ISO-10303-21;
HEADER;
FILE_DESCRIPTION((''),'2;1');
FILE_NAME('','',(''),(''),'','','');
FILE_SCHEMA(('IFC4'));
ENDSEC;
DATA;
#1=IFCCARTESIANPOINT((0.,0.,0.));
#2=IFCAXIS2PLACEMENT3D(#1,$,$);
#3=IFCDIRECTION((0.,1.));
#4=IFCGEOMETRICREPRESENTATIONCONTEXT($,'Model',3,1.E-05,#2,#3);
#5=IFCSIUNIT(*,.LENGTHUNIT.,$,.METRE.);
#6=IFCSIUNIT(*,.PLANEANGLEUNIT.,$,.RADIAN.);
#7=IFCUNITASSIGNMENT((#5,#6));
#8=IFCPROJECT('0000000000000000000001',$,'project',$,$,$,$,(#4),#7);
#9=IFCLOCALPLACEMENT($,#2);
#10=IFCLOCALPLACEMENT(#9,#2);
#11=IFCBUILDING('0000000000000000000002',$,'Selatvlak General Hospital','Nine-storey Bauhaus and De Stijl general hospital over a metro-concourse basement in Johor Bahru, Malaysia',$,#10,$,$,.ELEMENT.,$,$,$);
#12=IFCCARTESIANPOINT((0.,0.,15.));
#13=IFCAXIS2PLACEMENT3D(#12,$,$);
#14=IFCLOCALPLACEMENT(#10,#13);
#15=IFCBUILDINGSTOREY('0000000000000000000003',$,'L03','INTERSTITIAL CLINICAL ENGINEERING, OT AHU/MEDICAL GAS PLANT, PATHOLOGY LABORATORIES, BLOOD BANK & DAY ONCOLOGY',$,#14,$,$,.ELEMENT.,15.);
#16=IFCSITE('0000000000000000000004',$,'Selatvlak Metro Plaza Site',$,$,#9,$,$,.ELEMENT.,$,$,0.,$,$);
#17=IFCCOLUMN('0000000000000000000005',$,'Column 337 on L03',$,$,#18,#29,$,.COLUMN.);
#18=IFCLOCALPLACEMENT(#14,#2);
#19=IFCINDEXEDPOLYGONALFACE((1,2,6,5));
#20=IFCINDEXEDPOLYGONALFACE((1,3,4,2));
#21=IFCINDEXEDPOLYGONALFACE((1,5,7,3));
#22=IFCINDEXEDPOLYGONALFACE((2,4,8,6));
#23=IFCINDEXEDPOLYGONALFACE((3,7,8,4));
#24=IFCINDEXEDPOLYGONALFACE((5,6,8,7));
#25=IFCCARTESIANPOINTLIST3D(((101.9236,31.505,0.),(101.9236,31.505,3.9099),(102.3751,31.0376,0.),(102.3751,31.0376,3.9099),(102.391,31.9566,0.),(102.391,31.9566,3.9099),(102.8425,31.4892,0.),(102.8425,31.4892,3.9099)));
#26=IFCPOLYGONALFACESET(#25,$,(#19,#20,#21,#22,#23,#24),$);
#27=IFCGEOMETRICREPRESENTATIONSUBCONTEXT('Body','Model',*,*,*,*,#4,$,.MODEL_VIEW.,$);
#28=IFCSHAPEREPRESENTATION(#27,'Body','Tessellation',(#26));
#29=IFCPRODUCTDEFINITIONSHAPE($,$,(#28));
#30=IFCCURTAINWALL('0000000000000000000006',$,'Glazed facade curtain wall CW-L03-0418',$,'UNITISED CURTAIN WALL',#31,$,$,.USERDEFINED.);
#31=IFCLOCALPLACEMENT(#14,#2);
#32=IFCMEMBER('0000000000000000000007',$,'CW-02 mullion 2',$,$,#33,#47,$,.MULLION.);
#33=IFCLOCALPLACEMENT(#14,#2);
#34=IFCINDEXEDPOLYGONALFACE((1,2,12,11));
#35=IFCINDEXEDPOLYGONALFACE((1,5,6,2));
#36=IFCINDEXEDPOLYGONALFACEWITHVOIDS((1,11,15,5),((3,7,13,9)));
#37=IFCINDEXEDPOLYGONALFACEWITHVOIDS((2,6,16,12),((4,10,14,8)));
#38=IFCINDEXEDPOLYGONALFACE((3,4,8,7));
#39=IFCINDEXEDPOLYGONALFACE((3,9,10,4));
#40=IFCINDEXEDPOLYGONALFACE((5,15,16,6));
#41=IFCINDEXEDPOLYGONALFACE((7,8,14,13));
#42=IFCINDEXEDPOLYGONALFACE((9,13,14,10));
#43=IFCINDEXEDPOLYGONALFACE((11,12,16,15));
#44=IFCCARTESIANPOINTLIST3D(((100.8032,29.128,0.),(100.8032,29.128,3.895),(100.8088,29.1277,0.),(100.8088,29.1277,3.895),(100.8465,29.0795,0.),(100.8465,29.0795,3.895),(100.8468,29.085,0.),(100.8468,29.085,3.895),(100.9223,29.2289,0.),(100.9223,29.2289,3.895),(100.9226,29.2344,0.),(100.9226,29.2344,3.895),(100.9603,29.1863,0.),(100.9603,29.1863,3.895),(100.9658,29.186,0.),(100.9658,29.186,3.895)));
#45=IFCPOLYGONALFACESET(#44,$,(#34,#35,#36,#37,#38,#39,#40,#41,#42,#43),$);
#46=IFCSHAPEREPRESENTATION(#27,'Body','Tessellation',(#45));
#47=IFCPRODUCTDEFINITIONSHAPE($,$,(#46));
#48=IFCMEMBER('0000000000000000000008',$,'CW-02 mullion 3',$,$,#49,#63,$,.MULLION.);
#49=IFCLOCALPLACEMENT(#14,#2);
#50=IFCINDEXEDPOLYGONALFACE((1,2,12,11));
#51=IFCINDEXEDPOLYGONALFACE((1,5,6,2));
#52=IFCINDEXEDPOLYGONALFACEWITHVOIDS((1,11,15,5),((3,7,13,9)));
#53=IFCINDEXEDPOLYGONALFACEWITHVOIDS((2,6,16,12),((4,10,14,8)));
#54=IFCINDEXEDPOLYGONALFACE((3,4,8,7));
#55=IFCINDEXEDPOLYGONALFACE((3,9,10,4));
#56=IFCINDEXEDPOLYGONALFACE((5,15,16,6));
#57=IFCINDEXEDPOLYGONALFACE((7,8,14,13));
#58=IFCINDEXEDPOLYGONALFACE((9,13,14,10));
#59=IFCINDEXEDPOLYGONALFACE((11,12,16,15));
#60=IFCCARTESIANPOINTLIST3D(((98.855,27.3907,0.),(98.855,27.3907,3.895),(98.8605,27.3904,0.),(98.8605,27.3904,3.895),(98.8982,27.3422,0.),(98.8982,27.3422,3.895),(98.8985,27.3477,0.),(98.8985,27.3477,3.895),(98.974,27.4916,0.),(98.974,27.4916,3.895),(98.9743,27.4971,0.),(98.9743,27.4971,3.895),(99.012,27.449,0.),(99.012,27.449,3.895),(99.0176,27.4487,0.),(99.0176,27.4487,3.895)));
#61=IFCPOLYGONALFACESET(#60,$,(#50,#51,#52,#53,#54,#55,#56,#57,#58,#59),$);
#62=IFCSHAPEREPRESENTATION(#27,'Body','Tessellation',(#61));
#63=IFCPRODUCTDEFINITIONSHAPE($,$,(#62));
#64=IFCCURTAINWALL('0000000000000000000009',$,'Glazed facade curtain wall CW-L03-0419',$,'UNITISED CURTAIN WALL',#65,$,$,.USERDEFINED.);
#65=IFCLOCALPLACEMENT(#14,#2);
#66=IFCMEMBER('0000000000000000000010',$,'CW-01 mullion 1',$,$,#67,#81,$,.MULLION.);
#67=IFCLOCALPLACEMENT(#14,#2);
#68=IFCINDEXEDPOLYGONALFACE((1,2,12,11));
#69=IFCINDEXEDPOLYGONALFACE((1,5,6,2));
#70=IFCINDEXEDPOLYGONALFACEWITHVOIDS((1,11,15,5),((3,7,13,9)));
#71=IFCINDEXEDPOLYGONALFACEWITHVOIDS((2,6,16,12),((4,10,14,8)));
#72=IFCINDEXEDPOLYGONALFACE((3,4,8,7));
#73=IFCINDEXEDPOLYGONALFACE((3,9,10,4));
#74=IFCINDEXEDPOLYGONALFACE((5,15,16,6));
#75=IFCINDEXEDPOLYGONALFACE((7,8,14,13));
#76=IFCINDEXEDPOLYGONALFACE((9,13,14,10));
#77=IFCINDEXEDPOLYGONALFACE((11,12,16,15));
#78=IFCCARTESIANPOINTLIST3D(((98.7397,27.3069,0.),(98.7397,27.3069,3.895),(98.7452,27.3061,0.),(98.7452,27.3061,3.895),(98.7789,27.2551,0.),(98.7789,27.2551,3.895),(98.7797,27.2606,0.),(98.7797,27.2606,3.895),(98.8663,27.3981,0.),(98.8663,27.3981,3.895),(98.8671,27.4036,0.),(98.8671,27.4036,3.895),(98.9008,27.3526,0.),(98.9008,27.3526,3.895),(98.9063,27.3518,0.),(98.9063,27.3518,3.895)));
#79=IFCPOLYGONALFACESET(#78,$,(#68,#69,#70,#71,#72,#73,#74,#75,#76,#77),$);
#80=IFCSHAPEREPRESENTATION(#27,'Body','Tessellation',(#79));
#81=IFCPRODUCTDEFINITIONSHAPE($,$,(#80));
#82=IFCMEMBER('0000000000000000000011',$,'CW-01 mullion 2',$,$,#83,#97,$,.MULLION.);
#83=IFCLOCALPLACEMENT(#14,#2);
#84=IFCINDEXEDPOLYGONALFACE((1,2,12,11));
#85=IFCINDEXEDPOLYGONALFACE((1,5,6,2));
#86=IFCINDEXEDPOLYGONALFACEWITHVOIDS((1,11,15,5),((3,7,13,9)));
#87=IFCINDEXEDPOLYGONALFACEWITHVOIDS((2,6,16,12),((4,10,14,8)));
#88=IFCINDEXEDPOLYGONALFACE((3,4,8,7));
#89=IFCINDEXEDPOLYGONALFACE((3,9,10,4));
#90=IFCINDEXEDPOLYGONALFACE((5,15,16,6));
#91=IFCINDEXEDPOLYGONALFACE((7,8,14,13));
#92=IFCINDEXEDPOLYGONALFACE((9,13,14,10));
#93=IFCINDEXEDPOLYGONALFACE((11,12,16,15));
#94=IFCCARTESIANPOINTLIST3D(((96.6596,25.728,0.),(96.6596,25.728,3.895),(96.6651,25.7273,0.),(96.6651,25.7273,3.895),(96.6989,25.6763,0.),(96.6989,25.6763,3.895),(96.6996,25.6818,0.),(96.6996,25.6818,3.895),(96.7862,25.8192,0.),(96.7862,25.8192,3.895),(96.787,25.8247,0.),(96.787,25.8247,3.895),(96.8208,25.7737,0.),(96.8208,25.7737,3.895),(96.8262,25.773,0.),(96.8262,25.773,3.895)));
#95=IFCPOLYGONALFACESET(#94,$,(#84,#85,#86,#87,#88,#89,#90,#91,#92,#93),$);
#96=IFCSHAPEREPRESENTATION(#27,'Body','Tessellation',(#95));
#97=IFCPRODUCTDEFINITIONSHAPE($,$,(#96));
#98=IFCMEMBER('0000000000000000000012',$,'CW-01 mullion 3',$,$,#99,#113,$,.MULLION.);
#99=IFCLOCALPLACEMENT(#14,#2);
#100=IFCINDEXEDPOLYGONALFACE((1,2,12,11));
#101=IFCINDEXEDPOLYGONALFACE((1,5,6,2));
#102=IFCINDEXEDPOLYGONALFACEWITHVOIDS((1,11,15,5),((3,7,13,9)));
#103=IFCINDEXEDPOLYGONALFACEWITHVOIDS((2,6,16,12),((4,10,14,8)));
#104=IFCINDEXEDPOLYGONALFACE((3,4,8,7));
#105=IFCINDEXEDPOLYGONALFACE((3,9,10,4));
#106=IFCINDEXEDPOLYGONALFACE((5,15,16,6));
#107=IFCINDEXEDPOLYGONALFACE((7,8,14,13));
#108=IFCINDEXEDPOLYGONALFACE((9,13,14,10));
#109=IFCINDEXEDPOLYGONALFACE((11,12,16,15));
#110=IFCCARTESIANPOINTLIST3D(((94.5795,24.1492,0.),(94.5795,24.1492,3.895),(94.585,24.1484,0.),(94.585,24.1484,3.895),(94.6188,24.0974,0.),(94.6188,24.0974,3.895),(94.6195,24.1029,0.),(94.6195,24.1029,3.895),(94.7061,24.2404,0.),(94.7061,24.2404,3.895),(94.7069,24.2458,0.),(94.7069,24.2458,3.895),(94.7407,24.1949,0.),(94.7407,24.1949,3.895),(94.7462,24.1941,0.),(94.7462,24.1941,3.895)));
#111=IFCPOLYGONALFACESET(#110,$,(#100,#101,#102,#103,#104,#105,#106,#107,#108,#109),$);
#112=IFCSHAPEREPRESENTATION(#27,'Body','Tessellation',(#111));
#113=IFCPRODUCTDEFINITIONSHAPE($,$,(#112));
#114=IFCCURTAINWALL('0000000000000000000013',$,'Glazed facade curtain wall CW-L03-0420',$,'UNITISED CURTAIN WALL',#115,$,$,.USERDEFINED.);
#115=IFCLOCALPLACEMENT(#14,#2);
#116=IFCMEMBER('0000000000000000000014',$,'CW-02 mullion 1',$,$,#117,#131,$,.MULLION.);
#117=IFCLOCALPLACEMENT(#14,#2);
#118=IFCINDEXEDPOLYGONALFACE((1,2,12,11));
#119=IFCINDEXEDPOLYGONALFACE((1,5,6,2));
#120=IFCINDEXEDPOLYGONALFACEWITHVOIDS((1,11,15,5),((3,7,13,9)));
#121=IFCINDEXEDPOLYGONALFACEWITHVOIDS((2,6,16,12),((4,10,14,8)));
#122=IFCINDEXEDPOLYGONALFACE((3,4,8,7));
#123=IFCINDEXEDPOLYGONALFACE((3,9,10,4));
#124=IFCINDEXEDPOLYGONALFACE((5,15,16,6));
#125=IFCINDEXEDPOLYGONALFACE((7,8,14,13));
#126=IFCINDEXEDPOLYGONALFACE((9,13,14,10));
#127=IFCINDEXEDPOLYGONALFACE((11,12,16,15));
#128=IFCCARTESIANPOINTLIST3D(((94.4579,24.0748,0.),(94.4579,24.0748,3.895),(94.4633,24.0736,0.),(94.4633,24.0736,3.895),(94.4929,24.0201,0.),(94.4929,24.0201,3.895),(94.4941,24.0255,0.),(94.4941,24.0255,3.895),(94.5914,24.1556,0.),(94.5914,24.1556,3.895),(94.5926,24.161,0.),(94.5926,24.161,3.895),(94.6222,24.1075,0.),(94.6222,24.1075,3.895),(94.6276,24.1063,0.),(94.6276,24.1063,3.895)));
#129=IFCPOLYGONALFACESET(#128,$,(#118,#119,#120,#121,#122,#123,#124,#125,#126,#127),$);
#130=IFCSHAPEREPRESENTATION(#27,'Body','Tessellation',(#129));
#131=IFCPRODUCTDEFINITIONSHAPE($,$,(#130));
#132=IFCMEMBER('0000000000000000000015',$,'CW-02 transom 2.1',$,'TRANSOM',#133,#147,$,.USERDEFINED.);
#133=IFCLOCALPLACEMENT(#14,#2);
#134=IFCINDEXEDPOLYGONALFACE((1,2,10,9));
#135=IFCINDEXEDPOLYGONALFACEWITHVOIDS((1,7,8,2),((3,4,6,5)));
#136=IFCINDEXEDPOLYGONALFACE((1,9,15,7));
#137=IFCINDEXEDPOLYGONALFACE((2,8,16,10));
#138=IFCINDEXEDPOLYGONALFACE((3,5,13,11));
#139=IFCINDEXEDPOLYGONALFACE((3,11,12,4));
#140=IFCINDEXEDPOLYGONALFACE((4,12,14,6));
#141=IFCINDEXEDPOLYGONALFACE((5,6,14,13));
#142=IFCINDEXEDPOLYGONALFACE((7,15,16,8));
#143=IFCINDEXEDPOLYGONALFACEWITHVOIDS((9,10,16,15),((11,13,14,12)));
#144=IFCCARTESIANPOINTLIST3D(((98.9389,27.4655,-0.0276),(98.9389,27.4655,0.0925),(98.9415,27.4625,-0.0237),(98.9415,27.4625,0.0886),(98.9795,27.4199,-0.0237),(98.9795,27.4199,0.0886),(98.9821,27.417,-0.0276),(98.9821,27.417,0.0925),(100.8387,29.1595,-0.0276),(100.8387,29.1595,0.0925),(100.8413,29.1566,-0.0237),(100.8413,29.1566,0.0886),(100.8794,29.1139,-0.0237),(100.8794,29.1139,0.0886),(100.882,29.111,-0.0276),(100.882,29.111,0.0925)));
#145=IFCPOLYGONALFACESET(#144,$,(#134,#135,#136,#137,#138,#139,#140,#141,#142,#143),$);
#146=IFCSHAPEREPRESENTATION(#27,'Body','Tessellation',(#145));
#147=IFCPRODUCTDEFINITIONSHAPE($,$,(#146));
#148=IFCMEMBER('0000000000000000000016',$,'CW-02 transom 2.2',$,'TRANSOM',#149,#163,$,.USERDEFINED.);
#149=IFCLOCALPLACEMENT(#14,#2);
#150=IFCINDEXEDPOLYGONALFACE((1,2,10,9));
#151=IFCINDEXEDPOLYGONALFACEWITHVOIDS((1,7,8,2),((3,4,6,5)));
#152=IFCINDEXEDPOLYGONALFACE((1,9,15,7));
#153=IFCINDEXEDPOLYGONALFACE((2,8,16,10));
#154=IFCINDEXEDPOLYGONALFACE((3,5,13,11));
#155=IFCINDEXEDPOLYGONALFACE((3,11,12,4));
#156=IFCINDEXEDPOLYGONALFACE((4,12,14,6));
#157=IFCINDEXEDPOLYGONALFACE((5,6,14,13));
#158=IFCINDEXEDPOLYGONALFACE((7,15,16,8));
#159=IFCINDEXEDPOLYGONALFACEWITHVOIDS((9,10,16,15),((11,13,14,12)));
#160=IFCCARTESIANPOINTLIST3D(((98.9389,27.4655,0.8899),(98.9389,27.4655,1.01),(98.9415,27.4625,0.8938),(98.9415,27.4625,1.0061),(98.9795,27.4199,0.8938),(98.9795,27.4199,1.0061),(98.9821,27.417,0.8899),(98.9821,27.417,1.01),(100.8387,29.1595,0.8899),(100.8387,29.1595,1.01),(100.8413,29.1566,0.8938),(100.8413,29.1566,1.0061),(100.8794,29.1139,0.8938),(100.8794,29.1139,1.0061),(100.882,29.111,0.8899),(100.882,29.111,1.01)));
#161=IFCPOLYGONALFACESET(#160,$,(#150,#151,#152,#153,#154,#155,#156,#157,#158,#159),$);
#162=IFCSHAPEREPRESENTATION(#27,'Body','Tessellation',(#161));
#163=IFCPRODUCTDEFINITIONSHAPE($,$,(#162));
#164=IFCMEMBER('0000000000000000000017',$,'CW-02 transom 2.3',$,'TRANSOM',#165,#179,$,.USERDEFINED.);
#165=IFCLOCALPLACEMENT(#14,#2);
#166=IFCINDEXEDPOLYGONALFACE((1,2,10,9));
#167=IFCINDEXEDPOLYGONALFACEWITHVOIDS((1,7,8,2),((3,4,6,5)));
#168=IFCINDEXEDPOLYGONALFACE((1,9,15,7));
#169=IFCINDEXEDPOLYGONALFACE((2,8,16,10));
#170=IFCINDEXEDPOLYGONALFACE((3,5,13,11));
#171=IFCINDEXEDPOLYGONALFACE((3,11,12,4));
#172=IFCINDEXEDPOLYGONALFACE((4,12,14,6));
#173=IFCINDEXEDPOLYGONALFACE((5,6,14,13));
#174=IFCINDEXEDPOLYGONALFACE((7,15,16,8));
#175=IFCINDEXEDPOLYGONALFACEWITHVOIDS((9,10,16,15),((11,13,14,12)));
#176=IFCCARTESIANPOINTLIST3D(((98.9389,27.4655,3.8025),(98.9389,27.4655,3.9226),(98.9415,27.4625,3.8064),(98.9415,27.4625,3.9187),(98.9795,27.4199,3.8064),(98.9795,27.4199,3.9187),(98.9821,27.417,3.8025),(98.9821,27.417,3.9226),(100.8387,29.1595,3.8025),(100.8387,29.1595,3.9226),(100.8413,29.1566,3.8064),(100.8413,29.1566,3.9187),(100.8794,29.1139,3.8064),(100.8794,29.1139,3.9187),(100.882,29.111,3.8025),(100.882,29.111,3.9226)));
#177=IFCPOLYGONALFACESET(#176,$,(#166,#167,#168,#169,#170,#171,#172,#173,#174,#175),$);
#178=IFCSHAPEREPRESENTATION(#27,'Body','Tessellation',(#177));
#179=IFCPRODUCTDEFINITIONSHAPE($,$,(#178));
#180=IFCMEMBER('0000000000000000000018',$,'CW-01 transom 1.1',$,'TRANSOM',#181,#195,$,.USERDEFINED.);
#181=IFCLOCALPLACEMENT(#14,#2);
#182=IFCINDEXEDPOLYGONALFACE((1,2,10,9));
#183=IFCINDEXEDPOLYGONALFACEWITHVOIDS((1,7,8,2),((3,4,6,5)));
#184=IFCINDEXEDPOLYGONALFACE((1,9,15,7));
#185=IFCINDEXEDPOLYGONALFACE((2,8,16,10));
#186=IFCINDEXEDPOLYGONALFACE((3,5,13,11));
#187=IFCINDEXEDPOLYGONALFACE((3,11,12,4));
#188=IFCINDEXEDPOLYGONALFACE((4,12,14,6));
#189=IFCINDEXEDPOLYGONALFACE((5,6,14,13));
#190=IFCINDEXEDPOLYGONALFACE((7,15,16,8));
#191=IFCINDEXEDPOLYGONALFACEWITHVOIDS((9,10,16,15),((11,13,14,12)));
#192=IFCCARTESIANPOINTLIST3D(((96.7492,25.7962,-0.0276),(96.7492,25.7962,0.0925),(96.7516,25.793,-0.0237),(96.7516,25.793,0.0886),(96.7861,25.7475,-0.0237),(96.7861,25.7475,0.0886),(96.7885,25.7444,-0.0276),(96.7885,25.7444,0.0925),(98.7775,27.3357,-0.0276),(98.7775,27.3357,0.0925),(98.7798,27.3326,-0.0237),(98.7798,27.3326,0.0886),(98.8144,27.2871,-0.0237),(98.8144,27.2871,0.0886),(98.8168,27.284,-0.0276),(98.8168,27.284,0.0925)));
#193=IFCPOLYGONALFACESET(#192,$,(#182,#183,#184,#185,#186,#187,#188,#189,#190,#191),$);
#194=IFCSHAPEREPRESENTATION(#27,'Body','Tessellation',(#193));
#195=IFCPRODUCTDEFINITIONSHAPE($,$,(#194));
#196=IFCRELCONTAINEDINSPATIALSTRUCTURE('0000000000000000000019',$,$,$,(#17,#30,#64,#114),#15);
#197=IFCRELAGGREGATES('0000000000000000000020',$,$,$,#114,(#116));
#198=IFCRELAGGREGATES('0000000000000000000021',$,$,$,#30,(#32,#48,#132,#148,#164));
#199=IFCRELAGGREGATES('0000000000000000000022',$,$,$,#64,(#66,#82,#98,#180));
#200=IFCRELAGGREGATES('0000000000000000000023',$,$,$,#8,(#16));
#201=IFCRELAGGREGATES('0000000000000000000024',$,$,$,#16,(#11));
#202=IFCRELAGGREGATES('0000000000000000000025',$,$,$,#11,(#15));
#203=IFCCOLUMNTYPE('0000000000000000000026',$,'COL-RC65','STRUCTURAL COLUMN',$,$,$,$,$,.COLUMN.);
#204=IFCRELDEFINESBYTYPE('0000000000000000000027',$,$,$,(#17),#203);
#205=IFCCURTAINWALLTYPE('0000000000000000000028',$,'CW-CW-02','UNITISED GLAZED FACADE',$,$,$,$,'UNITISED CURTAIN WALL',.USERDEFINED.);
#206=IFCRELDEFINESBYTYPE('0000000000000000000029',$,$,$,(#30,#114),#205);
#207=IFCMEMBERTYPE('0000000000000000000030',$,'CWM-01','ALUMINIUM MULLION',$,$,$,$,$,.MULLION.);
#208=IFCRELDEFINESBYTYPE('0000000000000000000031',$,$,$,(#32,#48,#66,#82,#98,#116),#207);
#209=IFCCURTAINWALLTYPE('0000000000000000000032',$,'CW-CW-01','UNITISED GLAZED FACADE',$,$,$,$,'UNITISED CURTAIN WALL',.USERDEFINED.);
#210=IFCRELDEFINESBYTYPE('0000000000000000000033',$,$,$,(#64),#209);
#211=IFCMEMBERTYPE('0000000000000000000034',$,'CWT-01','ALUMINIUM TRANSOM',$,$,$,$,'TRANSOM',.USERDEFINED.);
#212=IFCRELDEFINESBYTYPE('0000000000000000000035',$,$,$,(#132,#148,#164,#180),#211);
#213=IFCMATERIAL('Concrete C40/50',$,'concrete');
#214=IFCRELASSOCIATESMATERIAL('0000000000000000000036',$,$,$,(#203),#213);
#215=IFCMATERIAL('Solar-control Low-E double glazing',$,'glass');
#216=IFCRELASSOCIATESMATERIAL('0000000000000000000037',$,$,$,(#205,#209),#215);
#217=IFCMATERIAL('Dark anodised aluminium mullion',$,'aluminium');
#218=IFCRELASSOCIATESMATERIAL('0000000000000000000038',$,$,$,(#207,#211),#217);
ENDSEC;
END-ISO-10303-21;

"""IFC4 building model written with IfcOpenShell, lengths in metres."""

from ifc_helpers import new_model, si_unit, direction, frame, origin, origin_2d, place, context, subcontext, project, spatial, rectangle, hollow_rectangle, extrude, material, material_profile, profile_set, type_object, element, aggregate, save


model = new_model("IFC4")

# Units and contexts
model_context = context("Model", 3, precision=1e-05, world=origin(), true_north=direction((0.0, 1.0)))
body_context = subcontext(model_context, "Body", "Model", "MODEL_VIEW")
ifc_project = project(units=[si_unit("LENGTHUNIT", "METRE"), si_unit("PLANEANGLEUNIT", "RADIAN")], contexts=[model_context])

# Site, building, storey
site_placement = place(None, origin())
site = spatial("IfcSite", under=ifc_project, at=site_placement, Name="Selatvlak Metro Plaza Site", CompositionType="ELEMENT", RefElevation=0.0)
building_placement = place(site_placement, origin())
building = spatial("IfcBuilding", under=site, at=building_placement, Name="Selatvlak General Hospital", Description="Nine-storey Bauhaus and De Stijl general hospital over a metro-concourse basement in Johor Bahru, Malaysia", CompositionType="ELEMENT")
storey_placement = place(building_placement, frame((0.0, 0.0, 15.0)))
storey = spatial("IfcBuildingStorey", under=building, at=storey_placement, Name="L03", Description="INTERSTITIAL CLINICAL ENGINEERING, OT AHU/MEDICAL GAS PLANT, PATHOLOGY LABORATORIES, BLOOD BANK & DAY ONCOLOGY", CompositionType="ELEMENT", Elevation=15.0)

# Column
ifc_material_1 = material(Name="Concrete C40/50", Category="concrete")
ifc_material_profile_1 = material_profile(ifc_material_1, rectangle(XDim=0.6499, YDim=0.6499, at=origin_2d()), Name="RC-COL 650x650")
ifc_profile_set_1 = profile_set([ifc_material_profile_1], Name="Concrete C40/50")
column_type = type_object("IfcColumnType", Name="COL-RC65", Description="STRUCTURAL COLUMN", PredefinedType="COLUMN", material=ifc_profile_set_1)
column_placement = place(storey_placement, frame((102.3831, 31.4971, 0.0), z_axis=(0.0, 0.0, 1.0), x_axis=(-0.694834, 0.71917, 0.0)))
element("IfcColumn", 1, at=column_placement, inside=storey, type_object=column_type, Name="Column 337 on L03", PredefinedType="COLUMN", context=body_context, shape_type="SweptSolid", body=[
    extrude(rectangle(XDim=0.6499, YDim=0.6499, at=origin_2d()), origin(), (0.0, 0.0, 1.0), 3.9099),
])

# Curtain walls, members
ifc_material_2 = material(Name="Solar-control Low-E double glazing", Category="glass")
curtain_wall_type_1 = type_object("IfcCurtainWallType", Name="CW-CW-02", Description="UNITISED GLAZED FACADE", ElementType="UNITISED CURTAIN WALL", PredefinedType="USERDEFINED", material=ifc_material_2)
curtain_wall_1_placement = place(storey_placement, origin())
curtain_wall_1 = element("IfcCurtainWall", 2, at=curtain_wall_1_placement, inside=storey, type_object=curtain_wall_type_1, Name="Glazed facade curtain wall CW-L03-0418", ObjectType="UNITISED CURTAIN WALL", PredefinedType="USERDEFINED")
ifc_material_3 = material(Name="Dark anodised aluminium mullion", Category="aluminium")
ifc_material_profile_2 = material_profile(ifc_material_3, hollow_rectangle(XDim=0.0649, YDim=0.1599, WallThickness=0.0039, at=origin_2d()), Name="AL-MUL 65x160x4")
ifc_profile_set_2 = profile_set([ifc_material_profile_2], Name="Dark anodised aluminium mullion")
member_type_1 = type_object("IfcMemberType", Name="CWM-01", Description="ALUMINIUM MULLION", PredefinedType="MULLION", material=ifc_profile_set_2)
member_1_placement = place(storey_placement, frame((100.8845, 29.157, 0.0), z_axis=(0.0, 0.0, 1.0), x_axis=(0.665561, -0.746344, 0.0)))
member_1 = element("IfcMember", 3, at=member_1_placement, type_object=member_type_1, Name="CW-02 mullion 2", PredefinedType="MULLION", context=body_context, shape_type="SweptSolid", body=[
    extrude(hollow_rectangle(XDim=0.0649, YDim=0.1599, WallThickness=0.0039, at=origin_2d()), origin(), (0.0, 0.0, 1.0), 3.895),
])
member_2_placement = place(storey_placement, frame((98.9363, 27.4197, 0.0), z_axis=(0.0, 0.0, 1.0), x_axis=(0.665561, -0.746344, 0.0)))
member_2 = element("IfcMember", 4, at=member_2_placement, type_object=member_type_1, Name="CW-02 mullion 3", PredefinedType="MULLION", context=body_context, shape_type="SweptSolid", body=[
    extrude(hollow_rectangle(XDim=0.0649, YDim=0.1599, WallThickness=0.0039, at=origin_2d()), origin(), (0.0, 0.0, 1.0), 3.895),
])
curtain_wall_type_2 = type_object("IfcCurtainWallType", Name="CW-CW-01", Description="UNITISED GLAZED FACADE", ElementType="UNITISED CURTAIN WALL", PredefinedType="USERDEFINED", material=ifc_material_2)
curtain_wall_2_placement = place(storey_placement, origin())
curtain_wall_2 = element("IfcCurtainWall", 5, at=curtain_wall_2_placement, inside=storey, type_object=curtain_wall_type_2, Name="Glazed facade curtain wall CW-L03-0419", ObjectType="UNITISED CURTAIN WALL", PredefinedType="USERDEFINED")
member_3_placement = place(storey_placement, frame((98.823, 27.3293, 0.0), z_axis=(0.0, 0.0, 1.0), x_axis=(0.604589, -0.796537, 0.0)))
member_3 = element("IfcMember", 6, at=member_3_placement, type_object=member_type_1, Name="CW-01 mullion 1", PredefinedType="MULLION", context=body_context, shape_type="SweptSolid", body=[
    extrude(hollow_rectangle(XDim=0.0649, YDim=0.1599, WallThickness=0.0039, at=origin_2d()), origin(), (0.0, 0.0, 1.0), 3.895),
])
member_4_placement = place(storey_placement, frame((96.7429, 25.7505, 0.0), z_axis=(0.0, 0.0, 1.0), x_axis=(0.604589, -0.796537, 0.0)))
member_4 = element("IfcMember", 7, at=member_4_placement, type_object=member_type_1, Name="CW-01 mullion 2", PredefinedType="MULLION", context=body_context, shape_type="SweptSolid", body=[
    extrude(hollow_rectangle(XDim=0.0649, YDim=0.1599, WallThickness=0.0039, at=origin_2d()), origin(), (0.0, 0.0, 1.0), 3.895),
])
member_5_placement = place(storey_placement, frame((94.6628, 24.1716, 0.0), z_axis=(0.0, 0.0, 1.0), x_axis=(0.604589, -0.796537, 0.0)))
member_5 = element("IfcMember", 8, at=member_5_placement, type_object=member_type_1, Name="CW-01 mullion 3", PredefinedType="MULLION", context=body_context, shape_type="SweptSolid", body=[
    extrude(hollow_rectangle(XDim=0.0649, YDim=0.1599, WallThickness=0.0039, at=origin_2d()), origin(), (0.0, 0.0, 1.0), 3.895),
])

# Curtain wall, member
curtain_wall_3_placement = place(storey_placement, origin())
curtain_wall_3 = element("IfcCurtainWall", 9, at=curtain_wall_3_placement, inside=storey, type_object=curtain_wall_type_1, Name="Glazed facade curtain wall CW-L03-0420", ObjectType="UNITISED CURTAIN WALL", PredefinedType="USERDEFINED")
member_6_placement = place(storey_placement, frame((94.5427, 24.0906, 0.0), z_axis=(0.0, 0.0, 1.0), x_axis=(0.539064, -0.842265, 0.0)))
member_6 = element("IfcMember", 10, at=member_6_placement, type_object=member_type_1, Name="CW-02 mullion 1", PredefinedType="MULLION", context=body_context, shape_type="SweptSolid", body=[
    extrude(hollow_rectangle(XDim=0.0649, YDim=0.1599, WallThickness=0.0039, at=origin_2d()), origin(), (0.0, 0.0, 1.0), 3.895),
])
aggregate(curtain_wall_3, [member_6])

# Members
ifc_material_profile_3 = material_profile(ifc_material_3, hollow_rectangle(XDim=0.0649, YDim=0.1201, WallThickness=0.0039, at=origin_2d()), Name="AL-TRN 65x120x4")
ifc_profile_set_3 = profile_set([ifc_material_profile_3], Name="Dark anodised aluminium mullion")
member_type_2 = type_object("IfcMemberType", Name="CWT-01", Description="ALUMINIUM TRANSOM", ElementType="TRANSOM", PredefinedType="USERDEFINED", material=ifc_profile_set_3)
member_7_placement = place(storey_placement, frame((100.8604, 29.1353, 0.0325), z_axis=(-0.746377, -0.665524, 0.0), x_axis=(0.665524, -0.746377, 0.0)))
member_7 = element("IfcMember", 11, at=member_7_placement, type_object=member_type_2, Name="CW-02 transom 2.1", ObjectType="TRANSOM", PredefinedType="USERDEFINED", context=body_context, shape_type="SweptSolid", body=[
    extrude(hollow_rectangle(XDim=0.0649, YDim=0.1201, WallThickness=0.0039, at=origin_2d()), origin(), (0.0, 0.0, 1.0), 2.5454),
])
member_8_placement = place(storey_placement, frame((100.8604, 29.1353, 0.95), z_axis=(-0.746377, -0.665524, 0.0), x_axis=(0.665524, -0.746377, 0.0)))
member_8 = element("IfcMember", 12, at=member_8_placement, type_object=member_type_2, Name="CW-02 transom 2.2", ObjectType="TRANSOM", PredefinedType="USERDEFINED", context=body_context, shape_type="SweptSolid", body=[
    extrude(hollow_rectangle(XDim=0.0649, YDim=0.1201, WallThickness=0.0039, at=origin_2d()), origin(), (0.0, 0.0, 1.0), 2.5454),
])
member_9_placement = place(storey_placement, frame((100.8604, 29.1353, 3.8625), z_axis=(-0.746377, -0.665524, 0.0), x_axis=(0.665524, -0.746377, 0.0)))
member_9 = element("IfcMember", 13, at=member_9_placement, type_object=member_type_2, Name="CW-02 transom 2.3", ObjectType="TRANSOM", PredefinedType="USERDEFINED", context=body_context, shape_type="SweptSolid", body=[
    extrude(hollow_rectangle(XDim=0.0649, YDim=0.1201, WallThickness=0.0039, at=origin_2d()), origin(), (0.0, 0.0, 1.0), 2.5454),
])
member_10_placement = place(storey_placement, frame((98.7971, 27.3098, 0.0325), z_axis=(-0.796535, -0.604592, 0.0), x_axis=(0.604592, -0.796535, 0.0)))
member_10 = element("IfcMember", 14, at=member_10_placement, type_object=member_type_2, Name="CW-01 transom 1.1", ObjectType="TRANSOM", PredefinedType="USERDEFINED", context=body_context, shape_type="SweptSolid", body=[
    extrude(hollow_rectangle(XDim=0.0649, YDim=0.1201, WallThickness=0.0039, at=origin_2d()), origin(), (0.0, 0.0, 1.0), 2.5464),
])

aggregate(curtain_wall_1, [member_1, member_2, member_7, member_8, member_9])
aggregate(curtain_wall_2, [member_3, member_4, member_5, member_10])

save(model, "model.ifc")
